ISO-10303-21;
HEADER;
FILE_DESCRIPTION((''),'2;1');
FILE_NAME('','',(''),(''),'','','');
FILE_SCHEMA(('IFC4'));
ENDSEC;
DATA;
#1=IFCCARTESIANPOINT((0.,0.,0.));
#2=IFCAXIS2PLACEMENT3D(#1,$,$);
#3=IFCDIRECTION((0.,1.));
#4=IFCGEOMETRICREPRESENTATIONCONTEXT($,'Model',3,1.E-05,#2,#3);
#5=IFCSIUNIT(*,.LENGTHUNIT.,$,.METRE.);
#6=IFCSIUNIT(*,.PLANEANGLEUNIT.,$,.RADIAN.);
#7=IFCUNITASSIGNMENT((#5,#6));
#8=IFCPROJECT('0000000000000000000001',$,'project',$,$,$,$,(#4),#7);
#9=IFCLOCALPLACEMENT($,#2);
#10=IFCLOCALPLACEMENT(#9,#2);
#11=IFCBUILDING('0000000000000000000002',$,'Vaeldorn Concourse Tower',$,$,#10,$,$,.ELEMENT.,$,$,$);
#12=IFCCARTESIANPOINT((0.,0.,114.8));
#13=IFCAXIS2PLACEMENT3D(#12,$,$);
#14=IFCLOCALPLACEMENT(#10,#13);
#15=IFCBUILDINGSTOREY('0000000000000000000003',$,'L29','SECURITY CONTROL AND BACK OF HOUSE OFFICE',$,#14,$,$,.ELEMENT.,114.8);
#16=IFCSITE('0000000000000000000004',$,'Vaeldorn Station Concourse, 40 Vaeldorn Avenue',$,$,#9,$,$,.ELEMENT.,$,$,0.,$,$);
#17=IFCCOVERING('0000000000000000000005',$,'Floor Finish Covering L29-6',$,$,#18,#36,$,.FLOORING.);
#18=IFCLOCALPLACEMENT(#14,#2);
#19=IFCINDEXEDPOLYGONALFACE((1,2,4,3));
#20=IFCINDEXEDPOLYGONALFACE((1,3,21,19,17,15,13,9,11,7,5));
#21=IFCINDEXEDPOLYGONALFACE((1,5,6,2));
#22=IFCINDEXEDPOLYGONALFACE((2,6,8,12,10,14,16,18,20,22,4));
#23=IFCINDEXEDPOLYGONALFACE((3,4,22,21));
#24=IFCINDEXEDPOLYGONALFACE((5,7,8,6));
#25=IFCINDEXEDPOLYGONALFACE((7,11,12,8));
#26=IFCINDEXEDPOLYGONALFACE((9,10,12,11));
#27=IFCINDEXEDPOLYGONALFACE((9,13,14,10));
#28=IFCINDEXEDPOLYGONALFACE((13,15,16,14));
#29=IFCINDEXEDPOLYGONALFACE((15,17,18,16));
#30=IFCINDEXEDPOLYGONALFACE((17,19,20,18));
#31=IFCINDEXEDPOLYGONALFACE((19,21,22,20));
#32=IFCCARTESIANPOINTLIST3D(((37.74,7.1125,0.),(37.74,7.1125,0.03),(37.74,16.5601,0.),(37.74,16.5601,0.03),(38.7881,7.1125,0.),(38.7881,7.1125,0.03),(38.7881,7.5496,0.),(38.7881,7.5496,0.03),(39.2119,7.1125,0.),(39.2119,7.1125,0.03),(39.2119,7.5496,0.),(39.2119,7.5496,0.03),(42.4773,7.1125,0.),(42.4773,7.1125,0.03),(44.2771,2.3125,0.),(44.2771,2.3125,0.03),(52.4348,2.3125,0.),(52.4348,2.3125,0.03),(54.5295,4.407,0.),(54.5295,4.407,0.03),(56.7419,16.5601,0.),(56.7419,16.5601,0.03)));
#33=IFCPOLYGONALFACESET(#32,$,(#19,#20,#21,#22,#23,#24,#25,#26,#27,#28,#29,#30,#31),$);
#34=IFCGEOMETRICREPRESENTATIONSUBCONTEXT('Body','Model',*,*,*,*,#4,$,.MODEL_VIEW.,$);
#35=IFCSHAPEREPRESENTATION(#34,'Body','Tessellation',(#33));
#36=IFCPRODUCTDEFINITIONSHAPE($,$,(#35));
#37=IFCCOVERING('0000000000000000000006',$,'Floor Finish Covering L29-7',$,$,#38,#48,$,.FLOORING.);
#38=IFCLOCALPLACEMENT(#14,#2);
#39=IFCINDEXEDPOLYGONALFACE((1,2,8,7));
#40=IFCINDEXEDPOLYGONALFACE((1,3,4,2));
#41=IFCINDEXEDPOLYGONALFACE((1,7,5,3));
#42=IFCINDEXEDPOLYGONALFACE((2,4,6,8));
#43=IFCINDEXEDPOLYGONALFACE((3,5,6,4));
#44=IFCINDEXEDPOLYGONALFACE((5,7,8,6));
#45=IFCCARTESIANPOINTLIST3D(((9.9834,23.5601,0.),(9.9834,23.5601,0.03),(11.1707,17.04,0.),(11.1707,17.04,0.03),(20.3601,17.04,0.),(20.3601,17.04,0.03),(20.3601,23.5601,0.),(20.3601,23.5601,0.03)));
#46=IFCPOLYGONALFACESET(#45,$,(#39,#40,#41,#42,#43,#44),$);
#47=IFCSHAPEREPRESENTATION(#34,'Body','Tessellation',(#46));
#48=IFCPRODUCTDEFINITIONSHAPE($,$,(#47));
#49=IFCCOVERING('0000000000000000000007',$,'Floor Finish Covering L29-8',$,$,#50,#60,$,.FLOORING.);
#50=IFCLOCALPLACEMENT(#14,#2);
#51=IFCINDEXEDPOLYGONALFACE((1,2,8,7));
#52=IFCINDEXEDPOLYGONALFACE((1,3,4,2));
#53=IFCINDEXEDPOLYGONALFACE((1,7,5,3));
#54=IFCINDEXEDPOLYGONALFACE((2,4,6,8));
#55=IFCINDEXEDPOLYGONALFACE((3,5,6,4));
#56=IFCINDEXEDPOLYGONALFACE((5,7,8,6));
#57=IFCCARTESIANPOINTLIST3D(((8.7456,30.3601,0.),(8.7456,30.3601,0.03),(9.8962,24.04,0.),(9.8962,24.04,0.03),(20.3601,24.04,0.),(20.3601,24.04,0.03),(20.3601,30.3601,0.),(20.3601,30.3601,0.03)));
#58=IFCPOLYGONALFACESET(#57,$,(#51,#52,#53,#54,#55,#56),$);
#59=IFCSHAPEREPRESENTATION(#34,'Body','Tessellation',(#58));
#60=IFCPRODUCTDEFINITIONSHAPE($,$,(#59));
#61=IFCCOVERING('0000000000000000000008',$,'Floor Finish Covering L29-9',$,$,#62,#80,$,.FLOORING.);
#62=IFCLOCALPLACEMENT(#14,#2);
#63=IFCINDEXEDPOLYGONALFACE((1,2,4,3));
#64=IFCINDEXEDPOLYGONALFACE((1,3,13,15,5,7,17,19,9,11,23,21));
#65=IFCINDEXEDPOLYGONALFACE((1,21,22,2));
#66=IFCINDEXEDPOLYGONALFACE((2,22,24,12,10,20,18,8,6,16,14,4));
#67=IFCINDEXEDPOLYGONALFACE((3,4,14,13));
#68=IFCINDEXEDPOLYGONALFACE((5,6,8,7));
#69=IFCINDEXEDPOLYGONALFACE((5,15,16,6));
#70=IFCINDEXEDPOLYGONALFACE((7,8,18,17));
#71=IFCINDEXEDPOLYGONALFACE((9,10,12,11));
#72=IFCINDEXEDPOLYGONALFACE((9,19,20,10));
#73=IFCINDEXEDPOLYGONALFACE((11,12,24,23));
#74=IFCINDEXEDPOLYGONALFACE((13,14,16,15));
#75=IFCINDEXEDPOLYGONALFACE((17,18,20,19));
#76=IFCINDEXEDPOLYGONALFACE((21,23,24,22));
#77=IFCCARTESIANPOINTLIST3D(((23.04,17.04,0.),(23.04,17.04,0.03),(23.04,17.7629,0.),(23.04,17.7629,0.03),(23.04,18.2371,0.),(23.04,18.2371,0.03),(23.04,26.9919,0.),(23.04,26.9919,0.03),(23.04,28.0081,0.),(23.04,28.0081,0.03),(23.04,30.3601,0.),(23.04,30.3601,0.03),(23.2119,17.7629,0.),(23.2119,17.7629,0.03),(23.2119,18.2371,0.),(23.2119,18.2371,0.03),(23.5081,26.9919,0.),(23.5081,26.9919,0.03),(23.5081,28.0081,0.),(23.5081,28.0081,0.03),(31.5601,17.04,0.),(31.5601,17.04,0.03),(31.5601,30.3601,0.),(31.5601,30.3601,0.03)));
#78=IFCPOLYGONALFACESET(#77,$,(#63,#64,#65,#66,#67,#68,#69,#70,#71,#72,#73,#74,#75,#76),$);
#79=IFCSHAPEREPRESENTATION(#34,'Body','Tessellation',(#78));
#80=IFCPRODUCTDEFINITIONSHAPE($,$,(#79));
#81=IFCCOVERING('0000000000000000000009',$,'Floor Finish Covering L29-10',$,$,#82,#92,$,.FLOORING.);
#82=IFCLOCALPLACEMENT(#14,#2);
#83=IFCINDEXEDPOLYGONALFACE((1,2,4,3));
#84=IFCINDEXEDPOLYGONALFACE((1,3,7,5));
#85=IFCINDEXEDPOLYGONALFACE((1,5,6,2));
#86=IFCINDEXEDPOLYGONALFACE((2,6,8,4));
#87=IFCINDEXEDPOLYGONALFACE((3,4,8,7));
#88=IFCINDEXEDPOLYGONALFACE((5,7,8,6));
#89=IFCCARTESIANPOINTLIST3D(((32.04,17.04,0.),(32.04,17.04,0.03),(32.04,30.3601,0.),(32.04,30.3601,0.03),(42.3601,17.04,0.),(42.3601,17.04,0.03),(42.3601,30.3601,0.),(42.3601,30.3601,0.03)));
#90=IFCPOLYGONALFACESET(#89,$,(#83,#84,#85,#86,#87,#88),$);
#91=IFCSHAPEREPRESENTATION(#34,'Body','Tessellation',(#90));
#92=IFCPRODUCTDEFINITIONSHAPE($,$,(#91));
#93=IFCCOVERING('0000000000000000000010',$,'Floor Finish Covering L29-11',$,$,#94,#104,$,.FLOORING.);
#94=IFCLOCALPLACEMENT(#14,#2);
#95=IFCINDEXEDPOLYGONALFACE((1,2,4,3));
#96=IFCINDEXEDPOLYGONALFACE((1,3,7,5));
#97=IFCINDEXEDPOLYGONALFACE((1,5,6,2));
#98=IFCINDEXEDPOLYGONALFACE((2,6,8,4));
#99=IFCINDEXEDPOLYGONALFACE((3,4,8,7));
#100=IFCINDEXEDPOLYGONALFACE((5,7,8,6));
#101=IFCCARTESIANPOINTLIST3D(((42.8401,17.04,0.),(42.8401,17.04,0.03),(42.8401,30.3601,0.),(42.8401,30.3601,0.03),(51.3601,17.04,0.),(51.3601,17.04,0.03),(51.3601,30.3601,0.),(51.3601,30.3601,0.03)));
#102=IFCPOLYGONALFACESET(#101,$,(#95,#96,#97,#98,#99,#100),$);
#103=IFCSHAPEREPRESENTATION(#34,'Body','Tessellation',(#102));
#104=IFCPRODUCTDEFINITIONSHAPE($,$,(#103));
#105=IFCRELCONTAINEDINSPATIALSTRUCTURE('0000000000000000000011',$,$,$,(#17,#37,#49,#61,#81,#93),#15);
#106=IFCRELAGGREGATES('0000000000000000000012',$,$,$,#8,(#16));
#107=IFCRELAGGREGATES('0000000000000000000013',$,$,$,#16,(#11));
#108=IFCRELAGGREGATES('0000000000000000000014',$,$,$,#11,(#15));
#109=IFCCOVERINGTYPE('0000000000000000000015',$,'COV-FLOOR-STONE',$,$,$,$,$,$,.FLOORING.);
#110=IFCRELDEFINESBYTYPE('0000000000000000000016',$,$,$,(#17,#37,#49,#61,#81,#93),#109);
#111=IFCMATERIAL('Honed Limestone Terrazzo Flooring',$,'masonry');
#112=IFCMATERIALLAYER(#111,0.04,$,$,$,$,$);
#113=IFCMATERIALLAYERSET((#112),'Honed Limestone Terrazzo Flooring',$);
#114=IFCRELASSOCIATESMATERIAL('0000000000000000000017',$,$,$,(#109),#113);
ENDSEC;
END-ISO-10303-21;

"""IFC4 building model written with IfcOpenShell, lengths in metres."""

from ifc_helpers import new_model, si_unit, direction, frame, origin, place, context, subcontext, project, spatial, polyline, outline, extrude, material, layer, layer_set, type_object, element, save


model = new_model("IFC4")

# Units and contexts
model_context = context("Model", 3, precision=1e-05, world=origin(), true_north=direction((0.0, 1.0)))
body_context = subcontext(model_context, "Body", "Model", "MODEL_VIEW")
ifc_project = project(units=[si_unit("LENGTHUNIT", "METRE"), si_unit("PLANEANGLEUNIT", "RADIAN")], contexts=[model_context])

# Site, building, storey
site_placement = place(None, origin())
site = spatial("IfcSite", under=ifc_project, at=site_placement, Name="Vaeldorn Station Concourse, 40 Vaeldorn Avenue", CompositionType="ELEMENT", RefElevation=0.0)
building_placement = place(site_placement, origin())
building = spatial("IfcBuilding", under=site, at=building_placement, Name="Vaeldorn Concourse Tower", CompositionType="ELEMENT")
storey_placement = place(building_placement, frame((0.0, 0.0, 114.8)))
storey = spatial("IfcBuildingStorey", under=building, at=storey_placement, Name="L29", Description="SECURITY CONTROL AND BACK OF HOUSE OFFICE", CompositionType="ELEMENT", Elevation=114.8)

# Coverings
ifc_material_1 = material(Name="Honed Limestone Terrazzo Flooring", Category="masonry")
ifc_layer_1 = layer(ifc_material_1, 0.04)
ifc_layer_set_1 = layer_set([ifc_layer_1], Name="Honed Limestone Terrazzo Flooring")
covering_type_1 = type_object("IfcCoveringType", Name="COV-FLOOR-STONE", PredefinedType="FLOORING", material=ifc_layer_set_1)
covering_1_placement = place(storey_placement, origin())
element("IfcCovering", 1, at=covering_1_placement, inside=storey, type_object=covering_type_1, Name="Floor Finish Covering L29-6", PredefinedType="FLOORING", context=body_context, shape_type="SweptSolid", body=[
    extrude(outline(polyline([(37.74, 16.5601), (56.7419, 16.5601), (54.5295, 4.407), (52.4348, 2.3125), (44.2771, 2.3125), (42.4773, 7.1125), (39.2119, 7.1125), (39.2119, 7.5496), (38.7881, 7.5496), (38.7881, 7.1125), (37.74, 7.1125), (37.74, 16.5601)])), origin(), (0.0, 0.0, 1.0), 0.03),
])
covering_2_placement = place(storey_placement, origin())
element("IfcCovering", 2, at=covering_2_placement, inside=storey, type_object=covering_type_1, Name="Floor Finish Covering L29-7", PredefinedType="FLOORING", context=body_context, shape_type="SweptSolid", body=[
    extrude(outline(polyline([(20.3601, 23.5601), (20.3601, 17.04), (11.1707, 17.04), (9.9834, 23.5601), (20.3601, 23.5601)])), origin(), (0.0, 0.0, 1.0), 0.03),
])
covering_3_placement = place(storey_placement, origin())
element("IfcCovering", 3, at=covering_3_placement, inside=storey, type_object=covering_type_1, Name="Floor Finish Covering L29-8", PredefinedType="FLOORING", context=body_context, shape_type="SweptSolid", body=[
    extrude(outline(polyline([(20.3601, 30.3601), (20.3601, 24.04), (9.8962, 24.04), (8.7456, 30.3601), (20.3601, 30.3601)])), origin(), (0.0, 0.0, 1.0), 0.03),
])
covering_4_placement = place(storey_placement, origin())
element("IfcCovering", 4, at=covering_4_placement, inside=storey, type_object=covering_type_1, Name="Floor Finish Covering L29-9", PredefinedType="FLOORING", context=body_context, shape_type="SweptSolid", body=[
    extrude(outline(polyline([(23.04, 17.7629), (23.2119, 17.7629), (23.2119, 18.2371), (23.04, 18.2371), (23.04, 26.9919), (23.5081, 26.9919), (23.5081, 28.0081), (23.04, 28.0081), (23.04, 30.3601), (31.5601, 30.3601), (31.5601, 17.04), (23.04, 17.04), (23.04, 17.7629)])), origin(), (0.0, 0.0, 1.0), 0.03),
])
covering_5_placement = place(storey_placement, origin())
element("IfcCovering", 5, at=covering_5_placement, inside=storey, type_object=covering_type_1, Name="Floor Finish Covering L29-10", PredefinedType="FLOORING", context=body_context, shape_type="SweptSolid", body=[
    extrude(outline(polyline([(32.04, 30.3601), (42.3601, 30.3601), (42.3601, 17.04), (32.04, 17.04), (32.04, 30.3601)])), origin(), (0.0, 0.0, 1.0), 0.03),
])
covering_6_placement = place(storey_placement, origin())
element("IfcCovering", 6, at=covering_6_placement, inside=storey, type_object=covering_type_1, Name="Floor Finish Covering L29-11", PredefinedType="FLOORING", context=body_context, shape_type="SweptSolid", body=[
    extrude(outline(polyline([(42.8401, 30.3601), (51.3601, 30.3601), (51.3601, 17.04), (42.8401, 17.04), (42.8401, 30.3601)])), origin(), (0.0, 0.0, 1.0), 0.03),
])

save(model, "model.ifc")
